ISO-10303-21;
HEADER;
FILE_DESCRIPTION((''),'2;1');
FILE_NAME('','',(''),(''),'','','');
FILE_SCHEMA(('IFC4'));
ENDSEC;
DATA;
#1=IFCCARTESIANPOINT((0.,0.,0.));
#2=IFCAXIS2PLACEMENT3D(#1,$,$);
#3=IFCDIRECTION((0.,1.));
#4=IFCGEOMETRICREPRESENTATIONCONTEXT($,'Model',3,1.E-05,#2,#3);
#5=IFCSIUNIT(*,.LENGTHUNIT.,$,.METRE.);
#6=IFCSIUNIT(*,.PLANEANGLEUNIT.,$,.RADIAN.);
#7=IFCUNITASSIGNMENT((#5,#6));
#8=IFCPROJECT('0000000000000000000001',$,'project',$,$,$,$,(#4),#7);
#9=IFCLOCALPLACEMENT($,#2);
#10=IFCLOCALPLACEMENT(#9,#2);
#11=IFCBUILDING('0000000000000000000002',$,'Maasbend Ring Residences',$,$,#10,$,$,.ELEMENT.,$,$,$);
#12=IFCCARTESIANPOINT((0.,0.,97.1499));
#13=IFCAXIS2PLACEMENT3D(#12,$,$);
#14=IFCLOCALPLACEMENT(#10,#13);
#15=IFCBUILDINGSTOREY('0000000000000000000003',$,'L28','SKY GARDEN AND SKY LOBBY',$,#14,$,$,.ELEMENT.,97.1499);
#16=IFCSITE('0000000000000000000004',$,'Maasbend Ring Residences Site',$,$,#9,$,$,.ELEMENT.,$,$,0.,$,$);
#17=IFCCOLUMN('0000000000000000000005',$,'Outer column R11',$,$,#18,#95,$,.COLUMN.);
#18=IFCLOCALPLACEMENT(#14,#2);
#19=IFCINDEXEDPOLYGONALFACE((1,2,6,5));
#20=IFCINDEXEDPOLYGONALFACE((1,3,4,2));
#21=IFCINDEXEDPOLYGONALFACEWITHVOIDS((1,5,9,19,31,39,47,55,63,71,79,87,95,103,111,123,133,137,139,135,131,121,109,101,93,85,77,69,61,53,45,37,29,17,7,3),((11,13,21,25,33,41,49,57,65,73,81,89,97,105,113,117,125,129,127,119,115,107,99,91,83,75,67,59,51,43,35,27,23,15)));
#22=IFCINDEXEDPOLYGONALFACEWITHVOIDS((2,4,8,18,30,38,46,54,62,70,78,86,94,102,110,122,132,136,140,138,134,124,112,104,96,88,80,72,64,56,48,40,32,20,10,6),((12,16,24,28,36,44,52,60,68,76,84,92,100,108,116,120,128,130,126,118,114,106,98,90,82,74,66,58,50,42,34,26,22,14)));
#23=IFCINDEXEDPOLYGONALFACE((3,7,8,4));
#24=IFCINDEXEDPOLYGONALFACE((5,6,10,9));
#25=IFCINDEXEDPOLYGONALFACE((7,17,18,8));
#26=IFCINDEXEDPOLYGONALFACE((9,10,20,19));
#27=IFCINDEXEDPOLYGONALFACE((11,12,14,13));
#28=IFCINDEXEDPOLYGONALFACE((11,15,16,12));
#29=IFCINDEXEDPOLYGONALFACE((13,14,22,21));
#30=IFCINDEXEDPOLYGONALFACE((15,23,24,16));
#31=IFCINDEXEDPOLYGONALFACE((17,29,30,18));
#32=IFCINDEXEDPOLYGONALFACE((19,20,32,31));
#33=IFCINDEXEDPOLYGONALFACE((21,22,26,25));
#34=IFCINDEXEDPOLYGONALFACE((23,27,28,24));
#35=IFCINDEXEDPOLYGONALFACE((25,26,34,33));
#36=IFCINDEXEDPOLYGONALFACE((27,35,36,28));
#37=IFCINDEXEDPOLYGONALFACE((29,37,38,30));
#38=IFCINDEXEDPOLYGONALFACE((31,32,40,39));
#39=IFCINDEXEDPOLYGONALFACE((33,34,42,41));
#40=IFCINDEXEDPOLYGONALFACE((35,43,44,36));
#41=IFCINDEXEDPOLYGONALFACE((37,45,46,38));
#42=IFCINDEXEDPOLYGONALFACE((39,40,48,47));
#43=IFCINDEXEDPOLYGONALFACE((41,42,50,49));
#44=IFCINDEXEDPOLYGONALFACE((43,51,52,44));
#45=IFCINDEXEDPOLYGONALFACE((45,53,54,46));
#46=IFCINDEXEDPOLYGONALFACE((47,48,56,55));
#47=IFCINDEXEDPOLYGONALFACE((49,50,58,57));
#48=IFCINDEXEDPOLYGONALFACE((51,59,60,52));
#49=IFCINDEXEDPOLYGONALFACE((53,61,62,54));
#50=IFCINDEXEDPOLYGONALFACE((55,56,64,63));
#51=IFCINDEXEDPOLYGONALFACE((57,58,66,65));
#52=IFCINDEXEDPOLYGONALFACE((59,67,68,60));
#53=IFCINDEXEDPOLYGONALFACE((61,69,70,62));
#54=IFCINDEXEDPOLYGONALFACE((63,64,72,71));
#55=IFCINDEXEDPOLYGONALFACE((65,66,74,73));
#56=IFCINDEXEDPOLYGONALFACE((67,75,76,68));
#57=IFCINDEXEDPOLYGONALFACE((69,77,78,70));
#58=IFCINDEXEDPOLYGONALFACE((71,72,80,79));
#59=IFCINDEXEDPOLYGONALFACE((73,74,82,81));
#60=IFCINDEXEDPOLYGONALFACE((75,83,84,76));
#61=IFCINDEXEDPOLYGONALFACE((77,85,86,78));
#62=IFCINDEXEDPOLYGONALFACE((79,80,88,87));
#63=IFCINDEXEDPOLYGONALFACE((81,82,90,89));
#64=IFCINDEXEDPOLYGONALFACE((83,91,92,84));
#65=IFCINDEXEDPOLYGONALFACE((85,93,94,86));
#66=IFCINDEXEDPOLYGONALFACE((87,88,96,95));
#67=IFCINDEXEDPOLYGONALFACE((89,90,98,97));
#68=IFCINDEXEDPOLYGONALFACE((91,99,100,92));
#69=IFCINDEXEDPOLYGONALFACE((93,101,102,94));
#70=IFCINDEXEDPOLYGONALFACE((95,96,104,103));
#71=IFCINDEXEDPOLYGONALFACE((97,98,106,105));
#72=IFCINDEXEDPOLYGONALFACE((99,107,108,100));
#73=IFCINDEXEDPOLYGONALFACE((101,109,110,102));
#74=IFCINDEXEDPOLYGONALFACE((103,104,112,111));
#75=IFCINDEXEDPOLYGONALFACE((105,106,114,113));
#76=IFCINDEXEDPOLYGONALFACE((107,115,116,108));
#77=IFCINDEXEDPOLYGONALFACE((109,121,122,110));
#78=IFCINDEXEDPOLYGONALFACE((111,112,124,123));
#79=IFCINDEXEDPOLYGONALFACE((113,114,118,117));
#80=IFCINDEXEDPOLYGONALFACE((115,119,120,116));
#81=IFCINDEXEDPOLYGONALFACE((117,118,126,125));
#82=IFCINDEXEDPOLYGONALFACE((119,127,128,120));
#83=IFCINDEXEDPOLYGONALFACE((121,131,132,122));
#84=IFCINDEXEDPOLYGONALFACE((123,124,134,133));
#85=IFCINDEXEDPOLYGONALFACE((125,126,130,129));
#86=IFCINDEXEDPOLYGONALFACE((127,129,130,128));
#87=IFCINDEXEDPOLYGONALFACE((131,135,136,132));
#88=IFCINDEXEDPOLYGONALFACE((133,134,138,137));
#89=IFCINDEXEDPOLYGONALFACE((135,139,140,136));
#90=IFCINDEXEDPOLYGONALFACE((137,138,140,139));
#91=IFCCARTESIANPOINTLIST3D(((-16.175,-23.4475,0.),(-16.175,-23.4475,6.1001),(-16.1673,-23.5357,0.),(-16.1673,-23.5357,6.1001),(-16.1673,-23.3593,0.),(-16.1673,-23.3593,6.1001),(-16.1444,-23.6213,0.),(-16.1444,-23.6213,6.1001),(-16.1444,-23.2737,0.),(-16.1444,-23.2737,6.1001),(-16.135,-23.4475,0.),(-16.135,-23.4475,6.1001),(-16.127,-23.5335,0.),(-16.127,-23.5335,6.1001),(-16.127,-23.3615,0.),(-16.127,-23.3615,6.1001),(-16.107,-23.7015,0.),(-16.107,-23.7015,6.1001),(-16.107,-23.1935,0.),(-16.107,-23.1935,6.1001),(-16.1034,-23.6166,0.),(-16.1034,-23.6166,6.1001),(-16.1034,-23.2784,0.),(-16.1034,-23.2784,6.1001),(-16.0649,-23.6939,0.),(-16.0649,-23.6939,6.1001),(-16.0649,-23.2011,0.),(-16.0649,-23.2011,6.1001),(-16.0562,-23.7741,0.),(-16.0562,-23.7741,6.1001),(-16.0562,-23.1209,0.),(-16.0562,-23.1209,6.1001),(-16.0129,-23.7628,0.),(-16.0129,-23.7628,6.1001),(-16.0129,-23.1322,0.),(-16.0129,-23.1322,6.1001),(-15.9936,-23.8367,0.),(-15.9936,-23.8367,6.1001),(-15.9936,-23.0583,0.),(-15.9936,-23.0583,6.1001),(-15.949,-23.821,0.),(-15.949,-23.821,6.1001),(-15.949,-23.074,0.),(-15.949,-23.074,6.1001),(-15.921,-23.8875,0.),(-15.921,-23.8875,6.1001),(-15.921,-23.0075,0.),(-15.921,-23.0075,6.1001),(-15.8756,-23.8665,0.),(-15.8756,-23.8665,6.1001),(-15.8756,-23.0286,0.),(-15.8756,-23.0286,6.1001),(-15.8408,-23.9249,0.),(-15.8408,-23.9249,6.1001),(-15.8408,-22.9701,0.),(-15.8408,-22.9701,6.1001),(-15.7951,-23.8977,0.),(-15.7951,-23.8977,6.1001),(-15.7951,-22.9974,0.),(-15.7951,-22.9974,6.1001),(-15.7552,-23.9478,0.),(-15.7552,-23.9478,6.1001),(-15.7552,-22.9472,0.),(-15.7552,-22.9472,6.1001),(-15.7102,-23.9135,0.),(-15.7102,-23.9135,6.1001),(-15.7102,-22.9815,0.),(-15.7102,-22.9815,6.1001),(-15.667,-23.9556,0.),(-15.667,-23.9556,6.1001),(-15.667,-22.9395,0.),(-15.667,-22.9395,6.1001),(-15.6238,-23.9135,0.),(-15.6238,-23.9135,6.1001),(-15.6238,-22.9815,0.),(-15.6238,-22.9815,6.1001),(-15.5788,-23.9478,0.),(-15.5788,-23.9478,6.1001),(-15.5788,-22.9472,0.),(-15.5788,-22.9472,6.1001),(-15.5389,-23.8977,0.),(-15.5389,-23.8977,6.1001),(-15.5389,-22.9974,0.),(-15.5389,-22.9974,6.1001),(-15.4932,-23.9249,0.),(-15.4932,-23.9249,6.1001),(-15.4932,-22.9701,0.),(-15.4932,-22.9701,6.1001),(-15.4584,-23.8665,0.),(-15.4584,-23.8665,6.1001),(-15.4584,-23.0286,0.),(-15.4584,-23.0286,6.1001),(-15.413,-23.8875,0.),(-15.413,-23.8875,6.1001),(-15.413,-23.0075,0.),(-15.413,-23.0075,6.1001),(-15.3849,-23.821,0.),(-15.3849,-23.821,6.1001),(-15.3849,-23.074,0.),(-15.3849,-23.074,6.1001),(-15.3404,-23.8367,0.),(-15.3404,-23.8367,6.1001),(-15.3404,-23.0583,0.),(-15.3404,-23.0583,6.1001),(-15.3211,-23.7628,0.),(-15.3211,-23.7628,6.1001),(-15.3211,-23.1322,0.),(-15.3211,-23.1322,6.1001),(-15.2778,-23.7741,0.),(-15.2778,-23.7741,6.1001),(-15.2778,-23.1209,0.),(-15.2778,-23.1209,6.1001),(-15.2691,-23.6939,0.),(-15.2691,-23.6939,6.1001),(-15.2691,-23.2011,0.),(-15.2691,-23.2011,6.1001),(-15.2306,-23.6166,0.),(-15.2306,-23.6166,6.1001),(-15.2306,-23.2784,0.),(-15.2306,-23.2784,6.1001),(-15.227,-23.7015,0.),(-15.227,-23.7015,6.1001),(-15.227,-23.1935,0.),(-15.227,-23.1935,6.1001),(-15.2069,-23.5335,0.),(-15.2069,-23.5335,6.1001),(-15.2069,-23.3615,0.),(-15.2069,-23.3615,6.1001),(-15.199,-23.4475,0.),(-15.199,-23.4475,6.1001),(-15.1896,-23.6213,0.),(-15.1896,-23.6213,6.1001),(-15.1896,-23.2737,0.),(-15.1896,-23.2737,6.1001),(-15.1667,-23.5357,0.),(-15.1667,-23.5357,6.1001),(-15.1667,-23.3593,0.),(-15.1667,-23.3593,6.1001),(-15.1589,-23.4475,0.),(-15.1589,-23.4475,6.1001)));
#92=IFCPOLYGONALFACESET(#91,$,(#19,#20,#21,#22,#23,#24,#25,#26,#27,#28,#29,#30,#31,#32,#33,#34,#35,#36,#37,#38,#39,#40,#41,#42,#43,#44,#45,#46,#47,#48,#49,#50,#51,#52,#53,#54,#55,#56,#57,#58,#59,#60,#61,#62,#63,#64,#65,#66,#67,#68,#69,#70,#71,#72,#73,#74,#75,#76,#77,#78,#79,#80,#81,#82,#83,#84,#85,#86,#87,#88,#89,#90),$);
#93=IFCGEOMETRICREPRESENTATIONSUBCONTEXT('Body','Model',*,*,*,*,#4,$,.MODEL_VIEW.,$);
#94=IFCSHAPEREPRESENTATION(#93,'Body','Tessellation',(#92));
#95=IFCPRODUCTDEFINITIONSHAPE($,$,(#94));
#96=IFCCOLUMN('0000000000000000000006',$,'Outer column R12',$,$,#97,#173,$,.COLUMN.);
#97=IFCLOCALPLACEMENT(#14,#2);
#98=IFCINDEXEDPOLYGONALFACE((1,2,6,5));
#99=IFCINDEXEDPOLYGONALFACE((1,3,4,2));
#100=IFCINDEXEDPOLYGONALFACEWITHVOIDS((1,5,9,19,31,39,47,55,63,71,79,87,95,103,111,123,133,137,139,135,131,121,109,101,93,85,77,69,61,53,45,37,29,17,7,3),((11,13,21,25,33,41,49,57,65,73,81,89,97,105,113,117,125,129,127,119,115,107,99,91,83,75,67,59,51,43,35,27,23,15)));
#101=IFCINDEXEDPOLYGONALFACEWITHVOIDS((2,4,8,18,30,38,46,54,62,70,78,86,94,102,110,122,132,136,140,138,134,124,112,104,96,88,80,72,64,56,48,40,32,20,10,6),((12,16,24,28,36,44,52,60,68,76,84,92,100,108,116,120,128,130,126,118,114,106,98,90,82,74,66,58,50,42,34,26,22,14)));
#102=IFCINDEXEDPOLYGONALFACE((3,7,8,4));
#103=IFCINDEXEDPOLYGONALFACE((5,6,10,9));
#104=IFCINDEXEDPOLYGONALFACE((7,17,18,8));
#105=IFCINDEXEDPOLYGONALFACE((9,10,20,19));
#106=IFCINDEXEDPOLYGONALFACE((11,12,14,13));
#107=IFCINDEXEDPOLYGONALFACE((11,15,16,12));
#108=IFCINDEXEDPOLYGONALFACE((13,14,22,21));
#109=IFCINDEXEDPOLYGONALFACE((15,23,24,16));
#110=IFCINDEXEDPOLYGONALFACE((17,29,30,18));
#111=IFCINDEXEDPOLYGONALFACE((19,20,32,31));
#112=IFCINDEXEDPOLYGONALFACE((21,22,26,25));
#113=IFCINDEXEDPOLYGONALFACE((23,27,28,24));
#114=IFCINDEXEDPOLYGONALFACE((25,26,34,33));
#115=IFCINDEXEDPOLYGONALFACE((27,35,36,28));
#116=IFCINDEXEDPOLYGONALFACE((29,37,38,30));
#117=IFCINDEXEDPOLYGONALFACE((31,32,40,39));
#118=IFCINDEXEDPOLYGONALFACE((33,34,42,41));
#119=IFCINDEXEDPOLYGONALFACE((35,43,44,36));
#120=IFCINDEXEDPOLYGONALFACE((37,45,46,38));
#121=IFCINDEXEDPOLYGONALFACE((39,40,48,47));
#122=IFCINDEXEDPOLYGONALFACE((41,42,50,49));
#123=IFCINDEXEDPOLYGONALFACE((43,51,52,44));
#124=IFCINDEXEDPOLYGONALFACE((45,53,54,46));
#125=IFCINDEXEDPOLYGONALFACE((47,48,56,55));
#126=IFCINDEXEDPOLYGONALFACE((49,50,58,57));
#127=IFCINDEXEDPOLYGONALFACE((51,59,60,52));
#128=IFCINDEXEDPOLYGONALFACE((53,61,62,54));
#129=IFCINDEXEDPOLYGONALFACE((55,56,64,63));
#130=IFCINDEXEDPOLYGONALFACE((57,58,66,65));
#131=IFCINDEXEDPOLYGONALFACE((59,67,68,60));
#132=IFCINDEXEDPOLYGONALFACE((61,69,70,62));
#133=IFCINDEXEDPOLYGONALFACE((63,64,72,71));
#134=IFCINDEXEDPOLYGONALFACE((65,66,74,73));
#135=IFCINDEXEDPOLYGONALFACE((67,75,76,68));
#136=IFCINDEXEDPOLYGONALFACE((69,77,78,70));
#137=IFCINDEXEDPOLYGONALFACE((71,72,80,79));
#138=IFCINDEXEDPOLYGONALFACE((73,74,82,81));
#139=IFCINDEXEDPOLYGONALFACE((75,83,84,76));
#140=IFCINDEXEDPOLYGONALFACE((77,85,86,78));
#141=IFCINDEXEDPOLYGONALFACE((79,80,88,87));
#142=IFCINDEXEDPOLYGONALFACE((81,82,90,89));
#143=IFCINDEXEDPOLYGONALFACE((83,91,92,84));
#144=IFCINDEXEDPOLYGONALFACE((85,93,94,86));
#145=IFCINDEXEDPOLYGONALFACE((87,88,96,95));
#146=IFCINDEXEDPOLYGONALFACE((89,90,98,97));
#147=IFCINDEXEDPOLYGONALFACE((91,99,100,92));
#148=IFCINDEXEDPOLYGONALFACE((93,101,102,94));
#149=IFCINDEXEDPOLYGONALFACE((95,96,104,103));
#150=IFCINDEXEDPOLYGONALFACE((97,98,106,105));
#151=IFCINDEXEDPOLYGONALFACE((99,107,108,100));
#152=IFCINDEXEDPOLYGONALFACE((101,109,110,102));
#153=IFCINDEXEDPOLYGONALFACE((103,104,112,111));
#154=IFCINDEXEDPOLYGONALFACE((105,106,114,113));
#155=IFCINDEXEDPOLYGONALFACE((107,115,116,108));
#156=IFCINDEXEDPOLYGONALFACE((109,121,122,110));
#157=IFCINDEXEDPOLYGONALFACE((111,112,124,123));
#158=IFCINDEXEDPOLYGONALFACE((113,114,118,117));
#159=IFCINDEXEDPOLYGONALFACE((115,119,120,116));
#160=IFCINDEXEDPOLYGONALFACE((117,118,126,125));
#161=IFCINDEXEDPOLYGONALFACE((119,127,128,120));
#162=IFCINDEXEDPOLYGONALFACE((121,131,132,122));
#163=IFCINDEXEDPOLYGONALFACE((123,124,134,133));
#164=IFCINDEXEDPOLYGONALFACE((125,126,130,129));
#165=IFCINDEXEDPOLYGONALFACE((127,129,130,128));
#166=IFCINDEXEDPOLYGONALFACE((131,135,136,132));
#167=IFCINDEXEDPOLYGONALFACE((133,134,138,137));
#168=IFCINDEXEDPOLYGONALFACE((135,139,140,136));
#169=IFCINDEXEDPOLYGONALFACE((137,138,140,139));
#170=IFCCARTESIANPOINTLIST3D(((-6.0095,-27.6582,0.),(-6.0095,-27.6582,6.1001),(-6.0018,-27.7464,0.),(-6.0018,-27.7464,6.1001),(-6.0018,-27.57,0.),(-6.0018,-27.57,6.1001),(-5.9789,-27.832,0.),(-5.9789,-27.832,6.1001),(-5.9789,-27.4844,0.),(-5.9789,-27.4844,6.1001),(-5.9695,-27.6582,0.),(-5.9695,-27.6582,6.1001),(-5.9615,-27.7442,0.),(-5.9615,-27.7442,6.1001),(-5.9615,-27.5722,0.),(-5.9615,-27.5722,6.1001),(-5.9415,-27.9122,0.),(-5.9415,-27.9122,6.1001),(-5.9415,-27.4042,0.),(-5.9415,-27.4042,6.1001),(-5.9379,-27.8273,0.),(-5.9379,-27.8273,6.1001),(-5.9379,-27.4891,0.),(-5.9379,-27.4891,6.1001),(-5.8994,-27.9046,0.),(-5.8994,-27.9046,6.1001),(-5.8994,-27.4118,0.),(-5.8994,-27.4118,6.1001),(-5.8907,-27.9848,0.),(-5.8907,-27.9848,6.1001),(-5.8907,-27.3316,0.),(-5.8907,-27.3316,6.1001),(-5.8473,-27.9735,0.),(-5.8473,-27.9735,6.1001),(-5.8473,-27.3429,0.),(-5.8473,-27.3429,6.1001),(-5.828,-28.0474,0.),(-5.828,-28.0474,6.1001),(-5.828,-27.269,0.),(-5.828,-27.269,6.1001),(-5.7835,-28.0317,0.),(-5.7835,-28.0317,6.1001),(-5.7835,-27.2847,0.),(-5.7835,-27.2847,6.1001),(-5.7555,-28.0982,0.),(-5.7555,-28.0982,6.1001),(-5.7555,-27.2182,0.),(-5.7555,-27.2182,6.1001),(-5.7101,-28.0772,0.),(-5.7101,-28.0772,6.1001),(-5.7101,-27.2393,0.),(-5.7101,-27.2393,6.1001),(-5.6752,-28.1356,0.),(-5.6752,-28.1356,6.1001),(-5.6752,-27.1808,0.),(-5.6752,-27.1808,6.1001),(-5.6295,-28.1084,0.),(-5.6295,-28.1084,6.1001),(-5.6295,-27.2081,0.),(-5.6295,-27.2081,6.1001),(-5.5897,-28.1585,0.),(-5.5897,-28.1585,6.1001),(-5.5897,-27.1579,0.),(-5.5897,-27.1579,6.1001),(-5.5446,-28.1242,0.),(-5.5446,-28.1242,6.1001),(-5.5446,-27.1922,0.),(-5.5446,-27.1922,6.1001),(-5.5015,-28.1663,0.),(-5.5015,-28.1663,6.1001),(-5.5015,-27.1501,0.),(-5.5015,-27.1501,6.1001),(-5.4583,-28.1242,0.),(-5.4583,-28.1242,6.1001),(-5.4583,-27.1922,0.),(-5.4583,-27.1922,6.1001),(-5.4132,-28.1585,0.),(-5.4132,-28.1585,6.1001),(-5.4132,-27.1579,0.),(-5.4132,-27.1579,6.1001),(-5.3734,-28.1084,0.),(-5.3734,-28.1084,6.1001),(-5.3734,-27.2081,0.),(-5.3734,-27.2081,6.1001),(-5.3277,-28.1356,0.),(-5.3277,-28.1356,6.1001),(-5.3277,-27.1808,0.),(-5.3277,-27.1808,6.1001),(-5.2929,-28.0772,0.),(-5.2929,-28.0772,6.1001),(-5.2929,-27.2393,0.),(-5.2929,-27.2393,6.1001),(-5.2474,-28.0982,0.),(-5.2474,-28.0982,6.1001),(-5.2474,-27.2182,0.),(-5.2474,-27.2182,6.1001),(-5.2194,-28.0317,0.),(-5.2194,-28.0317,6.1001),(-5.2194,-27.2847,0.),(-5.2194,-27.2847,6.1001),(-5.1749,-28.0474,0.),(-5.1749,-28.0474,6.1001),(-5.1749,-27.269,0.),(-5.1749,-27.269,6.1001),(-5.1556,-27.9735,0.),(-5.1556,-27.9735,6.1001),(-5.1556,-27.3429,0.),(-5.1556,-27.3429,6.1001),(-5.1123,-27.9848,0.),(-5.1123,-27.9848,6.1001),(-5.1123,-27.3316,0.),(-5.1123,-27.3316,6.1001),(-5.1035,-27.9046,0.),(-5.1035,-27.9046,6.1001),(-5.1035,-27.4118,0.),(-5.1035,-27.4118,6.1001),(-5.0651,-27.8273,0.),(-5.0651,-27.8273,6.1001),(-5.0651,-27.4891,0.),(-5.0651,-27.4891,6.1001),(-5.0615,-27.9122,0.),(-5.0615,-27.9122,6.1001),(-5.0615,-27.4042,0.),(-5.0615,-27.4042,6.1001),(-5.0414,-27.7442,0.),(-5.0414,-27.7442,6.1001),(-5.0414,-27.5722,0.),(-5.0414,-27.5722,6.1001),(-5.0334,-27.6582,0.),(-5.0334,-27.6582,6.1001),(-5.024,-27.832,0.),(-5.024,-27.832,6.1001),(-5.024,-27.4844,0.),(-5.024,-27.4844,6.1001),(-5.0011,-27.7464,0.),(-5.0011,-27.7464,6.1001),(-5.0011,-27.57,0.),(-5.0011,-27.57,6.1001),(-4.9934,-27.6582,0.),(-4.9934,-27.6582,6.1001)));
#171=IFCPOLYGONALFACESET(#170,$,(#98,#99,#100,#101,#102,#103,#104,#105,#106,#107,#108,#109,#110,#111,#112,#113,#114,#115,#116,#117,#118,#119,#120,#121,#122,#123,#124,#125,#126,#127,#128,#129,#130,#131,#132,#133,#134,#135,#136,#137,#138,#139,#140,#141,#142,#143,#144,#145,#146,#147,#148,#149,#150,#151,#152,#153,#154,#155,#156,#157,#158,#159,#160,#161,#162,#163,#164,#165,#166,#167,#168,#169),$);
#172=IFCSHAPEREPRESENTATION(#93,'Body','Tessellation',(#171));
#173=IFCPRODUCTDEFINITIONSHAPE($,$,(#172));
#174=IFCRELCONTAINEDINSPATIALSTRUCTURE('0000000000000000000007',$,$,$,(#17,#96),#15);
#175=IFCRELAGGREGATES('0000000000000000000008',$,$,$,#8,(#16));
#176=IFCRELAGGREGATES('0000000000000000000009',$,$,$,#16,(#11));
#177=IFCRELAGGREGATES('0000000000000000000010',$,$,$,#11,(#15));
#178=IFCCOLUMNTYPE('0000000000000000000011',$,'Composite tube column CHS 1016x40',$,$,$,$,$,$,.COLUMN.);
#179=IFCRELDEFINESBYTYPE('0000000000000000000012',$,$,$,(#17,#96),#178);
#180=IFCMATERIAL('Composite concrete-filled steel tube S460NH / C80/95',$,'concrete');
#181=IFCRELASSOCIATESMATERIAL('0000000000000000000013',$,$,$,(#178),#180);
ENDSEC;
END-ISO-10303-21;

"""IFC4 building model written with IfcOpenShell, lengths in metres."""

from ifc_helpers import new_model, si_unit, direction, frame, origin, origin_2d, place, context, subcontext, project, spatial, hollow_circle, extrude, material, material_profile, profile_set, type_object, element, save


model = new_model("IFC4")

# Units and contexts
model_context = context("Model", 3, precision=1e-05, world=origin(), true_north=direction((0.0, 1.0)))
body_context = subcontext(model_context, "Body", "Model", "MODEL_VIEW")
ifc_project = project(units=[si_unit("LENGTHUNIT", "METRE"), si_unit("PLANEANGLEUNIT", "RADIAN")], contexts=[model_context])

# Site, building, storey
site_placement = place(None, origin())
site = spatial("IfcSite", under=ifc_project, at=site_placement, Name="Maasbend Ring Residences Site", CompositionType="ELEMENT", RefElevation=0.0)
building_placement = place(site_placement, origin())
building = spatial("IfcBuilding", under=site, at=building_placement, Name="Maasbend Ring Residences", CompositionType="ELEMENT")
storey_placement = place(building_placement, frame((0.0, 0.0, 97.1499)))
storey = spatial("IfcBuildingStorey", under=building, at=storey_placement, Name="L28", Description="SKY GARDEN AND SKY LOBBY", CompositionType="ELEMENT", Elevation=97.1499)

# Columns
ifc_material_1 = material(Name="Composite concrete-filled steel tube S460NH / C80/95", Category="concrete")
ifc_material_profile_1 = material_profile(ifc_material_1, hollow_circle(Radius=0.5081, WallThickness=0.04, at=origin_2d()), Name="Composite tube column CHS 1016x40")
ifc_profile_set_1 = profile_set([ifc_material_profile_1], Name="Composite concrete-filled steel tube S460NH / C80/95")
column_type_1 = type_object("IfcColumnType", Name="Composite tube column CHS 1016x40", PredefinedType="COLUMN", material=ifc_profile_set_1)
for number, where, z_axis, x_axis, name in (
    (1, (-15.667, -23.4475, 0.0), (0.0, 0.0, 1.0), (1.0, 0.0, 0.0), "Outer column R11"),
    (2, (-5.5015, -27.6582, 0.0), (0.0, 0.0, 1.0), (1.0, 0.0, 0.0), "Outer column R12"),
):
    element("IfcColumn", number, at=place(storey_placement, frame(where, z_axis=z_axis, x_axis=x_axis)), inside=storey, type_object=column_type_1, Name=name, PredefinedType="COLUMN", context=body_context, shape_type="SweptSolid", body=[
        extrude(hollow_circle(Radius=0.5081, WallThickness=0.04, at=origin_2d()), origin(), (0.0, 0.0, 1.0), 6.1001),
    ])

save(model, "model.ifc")
